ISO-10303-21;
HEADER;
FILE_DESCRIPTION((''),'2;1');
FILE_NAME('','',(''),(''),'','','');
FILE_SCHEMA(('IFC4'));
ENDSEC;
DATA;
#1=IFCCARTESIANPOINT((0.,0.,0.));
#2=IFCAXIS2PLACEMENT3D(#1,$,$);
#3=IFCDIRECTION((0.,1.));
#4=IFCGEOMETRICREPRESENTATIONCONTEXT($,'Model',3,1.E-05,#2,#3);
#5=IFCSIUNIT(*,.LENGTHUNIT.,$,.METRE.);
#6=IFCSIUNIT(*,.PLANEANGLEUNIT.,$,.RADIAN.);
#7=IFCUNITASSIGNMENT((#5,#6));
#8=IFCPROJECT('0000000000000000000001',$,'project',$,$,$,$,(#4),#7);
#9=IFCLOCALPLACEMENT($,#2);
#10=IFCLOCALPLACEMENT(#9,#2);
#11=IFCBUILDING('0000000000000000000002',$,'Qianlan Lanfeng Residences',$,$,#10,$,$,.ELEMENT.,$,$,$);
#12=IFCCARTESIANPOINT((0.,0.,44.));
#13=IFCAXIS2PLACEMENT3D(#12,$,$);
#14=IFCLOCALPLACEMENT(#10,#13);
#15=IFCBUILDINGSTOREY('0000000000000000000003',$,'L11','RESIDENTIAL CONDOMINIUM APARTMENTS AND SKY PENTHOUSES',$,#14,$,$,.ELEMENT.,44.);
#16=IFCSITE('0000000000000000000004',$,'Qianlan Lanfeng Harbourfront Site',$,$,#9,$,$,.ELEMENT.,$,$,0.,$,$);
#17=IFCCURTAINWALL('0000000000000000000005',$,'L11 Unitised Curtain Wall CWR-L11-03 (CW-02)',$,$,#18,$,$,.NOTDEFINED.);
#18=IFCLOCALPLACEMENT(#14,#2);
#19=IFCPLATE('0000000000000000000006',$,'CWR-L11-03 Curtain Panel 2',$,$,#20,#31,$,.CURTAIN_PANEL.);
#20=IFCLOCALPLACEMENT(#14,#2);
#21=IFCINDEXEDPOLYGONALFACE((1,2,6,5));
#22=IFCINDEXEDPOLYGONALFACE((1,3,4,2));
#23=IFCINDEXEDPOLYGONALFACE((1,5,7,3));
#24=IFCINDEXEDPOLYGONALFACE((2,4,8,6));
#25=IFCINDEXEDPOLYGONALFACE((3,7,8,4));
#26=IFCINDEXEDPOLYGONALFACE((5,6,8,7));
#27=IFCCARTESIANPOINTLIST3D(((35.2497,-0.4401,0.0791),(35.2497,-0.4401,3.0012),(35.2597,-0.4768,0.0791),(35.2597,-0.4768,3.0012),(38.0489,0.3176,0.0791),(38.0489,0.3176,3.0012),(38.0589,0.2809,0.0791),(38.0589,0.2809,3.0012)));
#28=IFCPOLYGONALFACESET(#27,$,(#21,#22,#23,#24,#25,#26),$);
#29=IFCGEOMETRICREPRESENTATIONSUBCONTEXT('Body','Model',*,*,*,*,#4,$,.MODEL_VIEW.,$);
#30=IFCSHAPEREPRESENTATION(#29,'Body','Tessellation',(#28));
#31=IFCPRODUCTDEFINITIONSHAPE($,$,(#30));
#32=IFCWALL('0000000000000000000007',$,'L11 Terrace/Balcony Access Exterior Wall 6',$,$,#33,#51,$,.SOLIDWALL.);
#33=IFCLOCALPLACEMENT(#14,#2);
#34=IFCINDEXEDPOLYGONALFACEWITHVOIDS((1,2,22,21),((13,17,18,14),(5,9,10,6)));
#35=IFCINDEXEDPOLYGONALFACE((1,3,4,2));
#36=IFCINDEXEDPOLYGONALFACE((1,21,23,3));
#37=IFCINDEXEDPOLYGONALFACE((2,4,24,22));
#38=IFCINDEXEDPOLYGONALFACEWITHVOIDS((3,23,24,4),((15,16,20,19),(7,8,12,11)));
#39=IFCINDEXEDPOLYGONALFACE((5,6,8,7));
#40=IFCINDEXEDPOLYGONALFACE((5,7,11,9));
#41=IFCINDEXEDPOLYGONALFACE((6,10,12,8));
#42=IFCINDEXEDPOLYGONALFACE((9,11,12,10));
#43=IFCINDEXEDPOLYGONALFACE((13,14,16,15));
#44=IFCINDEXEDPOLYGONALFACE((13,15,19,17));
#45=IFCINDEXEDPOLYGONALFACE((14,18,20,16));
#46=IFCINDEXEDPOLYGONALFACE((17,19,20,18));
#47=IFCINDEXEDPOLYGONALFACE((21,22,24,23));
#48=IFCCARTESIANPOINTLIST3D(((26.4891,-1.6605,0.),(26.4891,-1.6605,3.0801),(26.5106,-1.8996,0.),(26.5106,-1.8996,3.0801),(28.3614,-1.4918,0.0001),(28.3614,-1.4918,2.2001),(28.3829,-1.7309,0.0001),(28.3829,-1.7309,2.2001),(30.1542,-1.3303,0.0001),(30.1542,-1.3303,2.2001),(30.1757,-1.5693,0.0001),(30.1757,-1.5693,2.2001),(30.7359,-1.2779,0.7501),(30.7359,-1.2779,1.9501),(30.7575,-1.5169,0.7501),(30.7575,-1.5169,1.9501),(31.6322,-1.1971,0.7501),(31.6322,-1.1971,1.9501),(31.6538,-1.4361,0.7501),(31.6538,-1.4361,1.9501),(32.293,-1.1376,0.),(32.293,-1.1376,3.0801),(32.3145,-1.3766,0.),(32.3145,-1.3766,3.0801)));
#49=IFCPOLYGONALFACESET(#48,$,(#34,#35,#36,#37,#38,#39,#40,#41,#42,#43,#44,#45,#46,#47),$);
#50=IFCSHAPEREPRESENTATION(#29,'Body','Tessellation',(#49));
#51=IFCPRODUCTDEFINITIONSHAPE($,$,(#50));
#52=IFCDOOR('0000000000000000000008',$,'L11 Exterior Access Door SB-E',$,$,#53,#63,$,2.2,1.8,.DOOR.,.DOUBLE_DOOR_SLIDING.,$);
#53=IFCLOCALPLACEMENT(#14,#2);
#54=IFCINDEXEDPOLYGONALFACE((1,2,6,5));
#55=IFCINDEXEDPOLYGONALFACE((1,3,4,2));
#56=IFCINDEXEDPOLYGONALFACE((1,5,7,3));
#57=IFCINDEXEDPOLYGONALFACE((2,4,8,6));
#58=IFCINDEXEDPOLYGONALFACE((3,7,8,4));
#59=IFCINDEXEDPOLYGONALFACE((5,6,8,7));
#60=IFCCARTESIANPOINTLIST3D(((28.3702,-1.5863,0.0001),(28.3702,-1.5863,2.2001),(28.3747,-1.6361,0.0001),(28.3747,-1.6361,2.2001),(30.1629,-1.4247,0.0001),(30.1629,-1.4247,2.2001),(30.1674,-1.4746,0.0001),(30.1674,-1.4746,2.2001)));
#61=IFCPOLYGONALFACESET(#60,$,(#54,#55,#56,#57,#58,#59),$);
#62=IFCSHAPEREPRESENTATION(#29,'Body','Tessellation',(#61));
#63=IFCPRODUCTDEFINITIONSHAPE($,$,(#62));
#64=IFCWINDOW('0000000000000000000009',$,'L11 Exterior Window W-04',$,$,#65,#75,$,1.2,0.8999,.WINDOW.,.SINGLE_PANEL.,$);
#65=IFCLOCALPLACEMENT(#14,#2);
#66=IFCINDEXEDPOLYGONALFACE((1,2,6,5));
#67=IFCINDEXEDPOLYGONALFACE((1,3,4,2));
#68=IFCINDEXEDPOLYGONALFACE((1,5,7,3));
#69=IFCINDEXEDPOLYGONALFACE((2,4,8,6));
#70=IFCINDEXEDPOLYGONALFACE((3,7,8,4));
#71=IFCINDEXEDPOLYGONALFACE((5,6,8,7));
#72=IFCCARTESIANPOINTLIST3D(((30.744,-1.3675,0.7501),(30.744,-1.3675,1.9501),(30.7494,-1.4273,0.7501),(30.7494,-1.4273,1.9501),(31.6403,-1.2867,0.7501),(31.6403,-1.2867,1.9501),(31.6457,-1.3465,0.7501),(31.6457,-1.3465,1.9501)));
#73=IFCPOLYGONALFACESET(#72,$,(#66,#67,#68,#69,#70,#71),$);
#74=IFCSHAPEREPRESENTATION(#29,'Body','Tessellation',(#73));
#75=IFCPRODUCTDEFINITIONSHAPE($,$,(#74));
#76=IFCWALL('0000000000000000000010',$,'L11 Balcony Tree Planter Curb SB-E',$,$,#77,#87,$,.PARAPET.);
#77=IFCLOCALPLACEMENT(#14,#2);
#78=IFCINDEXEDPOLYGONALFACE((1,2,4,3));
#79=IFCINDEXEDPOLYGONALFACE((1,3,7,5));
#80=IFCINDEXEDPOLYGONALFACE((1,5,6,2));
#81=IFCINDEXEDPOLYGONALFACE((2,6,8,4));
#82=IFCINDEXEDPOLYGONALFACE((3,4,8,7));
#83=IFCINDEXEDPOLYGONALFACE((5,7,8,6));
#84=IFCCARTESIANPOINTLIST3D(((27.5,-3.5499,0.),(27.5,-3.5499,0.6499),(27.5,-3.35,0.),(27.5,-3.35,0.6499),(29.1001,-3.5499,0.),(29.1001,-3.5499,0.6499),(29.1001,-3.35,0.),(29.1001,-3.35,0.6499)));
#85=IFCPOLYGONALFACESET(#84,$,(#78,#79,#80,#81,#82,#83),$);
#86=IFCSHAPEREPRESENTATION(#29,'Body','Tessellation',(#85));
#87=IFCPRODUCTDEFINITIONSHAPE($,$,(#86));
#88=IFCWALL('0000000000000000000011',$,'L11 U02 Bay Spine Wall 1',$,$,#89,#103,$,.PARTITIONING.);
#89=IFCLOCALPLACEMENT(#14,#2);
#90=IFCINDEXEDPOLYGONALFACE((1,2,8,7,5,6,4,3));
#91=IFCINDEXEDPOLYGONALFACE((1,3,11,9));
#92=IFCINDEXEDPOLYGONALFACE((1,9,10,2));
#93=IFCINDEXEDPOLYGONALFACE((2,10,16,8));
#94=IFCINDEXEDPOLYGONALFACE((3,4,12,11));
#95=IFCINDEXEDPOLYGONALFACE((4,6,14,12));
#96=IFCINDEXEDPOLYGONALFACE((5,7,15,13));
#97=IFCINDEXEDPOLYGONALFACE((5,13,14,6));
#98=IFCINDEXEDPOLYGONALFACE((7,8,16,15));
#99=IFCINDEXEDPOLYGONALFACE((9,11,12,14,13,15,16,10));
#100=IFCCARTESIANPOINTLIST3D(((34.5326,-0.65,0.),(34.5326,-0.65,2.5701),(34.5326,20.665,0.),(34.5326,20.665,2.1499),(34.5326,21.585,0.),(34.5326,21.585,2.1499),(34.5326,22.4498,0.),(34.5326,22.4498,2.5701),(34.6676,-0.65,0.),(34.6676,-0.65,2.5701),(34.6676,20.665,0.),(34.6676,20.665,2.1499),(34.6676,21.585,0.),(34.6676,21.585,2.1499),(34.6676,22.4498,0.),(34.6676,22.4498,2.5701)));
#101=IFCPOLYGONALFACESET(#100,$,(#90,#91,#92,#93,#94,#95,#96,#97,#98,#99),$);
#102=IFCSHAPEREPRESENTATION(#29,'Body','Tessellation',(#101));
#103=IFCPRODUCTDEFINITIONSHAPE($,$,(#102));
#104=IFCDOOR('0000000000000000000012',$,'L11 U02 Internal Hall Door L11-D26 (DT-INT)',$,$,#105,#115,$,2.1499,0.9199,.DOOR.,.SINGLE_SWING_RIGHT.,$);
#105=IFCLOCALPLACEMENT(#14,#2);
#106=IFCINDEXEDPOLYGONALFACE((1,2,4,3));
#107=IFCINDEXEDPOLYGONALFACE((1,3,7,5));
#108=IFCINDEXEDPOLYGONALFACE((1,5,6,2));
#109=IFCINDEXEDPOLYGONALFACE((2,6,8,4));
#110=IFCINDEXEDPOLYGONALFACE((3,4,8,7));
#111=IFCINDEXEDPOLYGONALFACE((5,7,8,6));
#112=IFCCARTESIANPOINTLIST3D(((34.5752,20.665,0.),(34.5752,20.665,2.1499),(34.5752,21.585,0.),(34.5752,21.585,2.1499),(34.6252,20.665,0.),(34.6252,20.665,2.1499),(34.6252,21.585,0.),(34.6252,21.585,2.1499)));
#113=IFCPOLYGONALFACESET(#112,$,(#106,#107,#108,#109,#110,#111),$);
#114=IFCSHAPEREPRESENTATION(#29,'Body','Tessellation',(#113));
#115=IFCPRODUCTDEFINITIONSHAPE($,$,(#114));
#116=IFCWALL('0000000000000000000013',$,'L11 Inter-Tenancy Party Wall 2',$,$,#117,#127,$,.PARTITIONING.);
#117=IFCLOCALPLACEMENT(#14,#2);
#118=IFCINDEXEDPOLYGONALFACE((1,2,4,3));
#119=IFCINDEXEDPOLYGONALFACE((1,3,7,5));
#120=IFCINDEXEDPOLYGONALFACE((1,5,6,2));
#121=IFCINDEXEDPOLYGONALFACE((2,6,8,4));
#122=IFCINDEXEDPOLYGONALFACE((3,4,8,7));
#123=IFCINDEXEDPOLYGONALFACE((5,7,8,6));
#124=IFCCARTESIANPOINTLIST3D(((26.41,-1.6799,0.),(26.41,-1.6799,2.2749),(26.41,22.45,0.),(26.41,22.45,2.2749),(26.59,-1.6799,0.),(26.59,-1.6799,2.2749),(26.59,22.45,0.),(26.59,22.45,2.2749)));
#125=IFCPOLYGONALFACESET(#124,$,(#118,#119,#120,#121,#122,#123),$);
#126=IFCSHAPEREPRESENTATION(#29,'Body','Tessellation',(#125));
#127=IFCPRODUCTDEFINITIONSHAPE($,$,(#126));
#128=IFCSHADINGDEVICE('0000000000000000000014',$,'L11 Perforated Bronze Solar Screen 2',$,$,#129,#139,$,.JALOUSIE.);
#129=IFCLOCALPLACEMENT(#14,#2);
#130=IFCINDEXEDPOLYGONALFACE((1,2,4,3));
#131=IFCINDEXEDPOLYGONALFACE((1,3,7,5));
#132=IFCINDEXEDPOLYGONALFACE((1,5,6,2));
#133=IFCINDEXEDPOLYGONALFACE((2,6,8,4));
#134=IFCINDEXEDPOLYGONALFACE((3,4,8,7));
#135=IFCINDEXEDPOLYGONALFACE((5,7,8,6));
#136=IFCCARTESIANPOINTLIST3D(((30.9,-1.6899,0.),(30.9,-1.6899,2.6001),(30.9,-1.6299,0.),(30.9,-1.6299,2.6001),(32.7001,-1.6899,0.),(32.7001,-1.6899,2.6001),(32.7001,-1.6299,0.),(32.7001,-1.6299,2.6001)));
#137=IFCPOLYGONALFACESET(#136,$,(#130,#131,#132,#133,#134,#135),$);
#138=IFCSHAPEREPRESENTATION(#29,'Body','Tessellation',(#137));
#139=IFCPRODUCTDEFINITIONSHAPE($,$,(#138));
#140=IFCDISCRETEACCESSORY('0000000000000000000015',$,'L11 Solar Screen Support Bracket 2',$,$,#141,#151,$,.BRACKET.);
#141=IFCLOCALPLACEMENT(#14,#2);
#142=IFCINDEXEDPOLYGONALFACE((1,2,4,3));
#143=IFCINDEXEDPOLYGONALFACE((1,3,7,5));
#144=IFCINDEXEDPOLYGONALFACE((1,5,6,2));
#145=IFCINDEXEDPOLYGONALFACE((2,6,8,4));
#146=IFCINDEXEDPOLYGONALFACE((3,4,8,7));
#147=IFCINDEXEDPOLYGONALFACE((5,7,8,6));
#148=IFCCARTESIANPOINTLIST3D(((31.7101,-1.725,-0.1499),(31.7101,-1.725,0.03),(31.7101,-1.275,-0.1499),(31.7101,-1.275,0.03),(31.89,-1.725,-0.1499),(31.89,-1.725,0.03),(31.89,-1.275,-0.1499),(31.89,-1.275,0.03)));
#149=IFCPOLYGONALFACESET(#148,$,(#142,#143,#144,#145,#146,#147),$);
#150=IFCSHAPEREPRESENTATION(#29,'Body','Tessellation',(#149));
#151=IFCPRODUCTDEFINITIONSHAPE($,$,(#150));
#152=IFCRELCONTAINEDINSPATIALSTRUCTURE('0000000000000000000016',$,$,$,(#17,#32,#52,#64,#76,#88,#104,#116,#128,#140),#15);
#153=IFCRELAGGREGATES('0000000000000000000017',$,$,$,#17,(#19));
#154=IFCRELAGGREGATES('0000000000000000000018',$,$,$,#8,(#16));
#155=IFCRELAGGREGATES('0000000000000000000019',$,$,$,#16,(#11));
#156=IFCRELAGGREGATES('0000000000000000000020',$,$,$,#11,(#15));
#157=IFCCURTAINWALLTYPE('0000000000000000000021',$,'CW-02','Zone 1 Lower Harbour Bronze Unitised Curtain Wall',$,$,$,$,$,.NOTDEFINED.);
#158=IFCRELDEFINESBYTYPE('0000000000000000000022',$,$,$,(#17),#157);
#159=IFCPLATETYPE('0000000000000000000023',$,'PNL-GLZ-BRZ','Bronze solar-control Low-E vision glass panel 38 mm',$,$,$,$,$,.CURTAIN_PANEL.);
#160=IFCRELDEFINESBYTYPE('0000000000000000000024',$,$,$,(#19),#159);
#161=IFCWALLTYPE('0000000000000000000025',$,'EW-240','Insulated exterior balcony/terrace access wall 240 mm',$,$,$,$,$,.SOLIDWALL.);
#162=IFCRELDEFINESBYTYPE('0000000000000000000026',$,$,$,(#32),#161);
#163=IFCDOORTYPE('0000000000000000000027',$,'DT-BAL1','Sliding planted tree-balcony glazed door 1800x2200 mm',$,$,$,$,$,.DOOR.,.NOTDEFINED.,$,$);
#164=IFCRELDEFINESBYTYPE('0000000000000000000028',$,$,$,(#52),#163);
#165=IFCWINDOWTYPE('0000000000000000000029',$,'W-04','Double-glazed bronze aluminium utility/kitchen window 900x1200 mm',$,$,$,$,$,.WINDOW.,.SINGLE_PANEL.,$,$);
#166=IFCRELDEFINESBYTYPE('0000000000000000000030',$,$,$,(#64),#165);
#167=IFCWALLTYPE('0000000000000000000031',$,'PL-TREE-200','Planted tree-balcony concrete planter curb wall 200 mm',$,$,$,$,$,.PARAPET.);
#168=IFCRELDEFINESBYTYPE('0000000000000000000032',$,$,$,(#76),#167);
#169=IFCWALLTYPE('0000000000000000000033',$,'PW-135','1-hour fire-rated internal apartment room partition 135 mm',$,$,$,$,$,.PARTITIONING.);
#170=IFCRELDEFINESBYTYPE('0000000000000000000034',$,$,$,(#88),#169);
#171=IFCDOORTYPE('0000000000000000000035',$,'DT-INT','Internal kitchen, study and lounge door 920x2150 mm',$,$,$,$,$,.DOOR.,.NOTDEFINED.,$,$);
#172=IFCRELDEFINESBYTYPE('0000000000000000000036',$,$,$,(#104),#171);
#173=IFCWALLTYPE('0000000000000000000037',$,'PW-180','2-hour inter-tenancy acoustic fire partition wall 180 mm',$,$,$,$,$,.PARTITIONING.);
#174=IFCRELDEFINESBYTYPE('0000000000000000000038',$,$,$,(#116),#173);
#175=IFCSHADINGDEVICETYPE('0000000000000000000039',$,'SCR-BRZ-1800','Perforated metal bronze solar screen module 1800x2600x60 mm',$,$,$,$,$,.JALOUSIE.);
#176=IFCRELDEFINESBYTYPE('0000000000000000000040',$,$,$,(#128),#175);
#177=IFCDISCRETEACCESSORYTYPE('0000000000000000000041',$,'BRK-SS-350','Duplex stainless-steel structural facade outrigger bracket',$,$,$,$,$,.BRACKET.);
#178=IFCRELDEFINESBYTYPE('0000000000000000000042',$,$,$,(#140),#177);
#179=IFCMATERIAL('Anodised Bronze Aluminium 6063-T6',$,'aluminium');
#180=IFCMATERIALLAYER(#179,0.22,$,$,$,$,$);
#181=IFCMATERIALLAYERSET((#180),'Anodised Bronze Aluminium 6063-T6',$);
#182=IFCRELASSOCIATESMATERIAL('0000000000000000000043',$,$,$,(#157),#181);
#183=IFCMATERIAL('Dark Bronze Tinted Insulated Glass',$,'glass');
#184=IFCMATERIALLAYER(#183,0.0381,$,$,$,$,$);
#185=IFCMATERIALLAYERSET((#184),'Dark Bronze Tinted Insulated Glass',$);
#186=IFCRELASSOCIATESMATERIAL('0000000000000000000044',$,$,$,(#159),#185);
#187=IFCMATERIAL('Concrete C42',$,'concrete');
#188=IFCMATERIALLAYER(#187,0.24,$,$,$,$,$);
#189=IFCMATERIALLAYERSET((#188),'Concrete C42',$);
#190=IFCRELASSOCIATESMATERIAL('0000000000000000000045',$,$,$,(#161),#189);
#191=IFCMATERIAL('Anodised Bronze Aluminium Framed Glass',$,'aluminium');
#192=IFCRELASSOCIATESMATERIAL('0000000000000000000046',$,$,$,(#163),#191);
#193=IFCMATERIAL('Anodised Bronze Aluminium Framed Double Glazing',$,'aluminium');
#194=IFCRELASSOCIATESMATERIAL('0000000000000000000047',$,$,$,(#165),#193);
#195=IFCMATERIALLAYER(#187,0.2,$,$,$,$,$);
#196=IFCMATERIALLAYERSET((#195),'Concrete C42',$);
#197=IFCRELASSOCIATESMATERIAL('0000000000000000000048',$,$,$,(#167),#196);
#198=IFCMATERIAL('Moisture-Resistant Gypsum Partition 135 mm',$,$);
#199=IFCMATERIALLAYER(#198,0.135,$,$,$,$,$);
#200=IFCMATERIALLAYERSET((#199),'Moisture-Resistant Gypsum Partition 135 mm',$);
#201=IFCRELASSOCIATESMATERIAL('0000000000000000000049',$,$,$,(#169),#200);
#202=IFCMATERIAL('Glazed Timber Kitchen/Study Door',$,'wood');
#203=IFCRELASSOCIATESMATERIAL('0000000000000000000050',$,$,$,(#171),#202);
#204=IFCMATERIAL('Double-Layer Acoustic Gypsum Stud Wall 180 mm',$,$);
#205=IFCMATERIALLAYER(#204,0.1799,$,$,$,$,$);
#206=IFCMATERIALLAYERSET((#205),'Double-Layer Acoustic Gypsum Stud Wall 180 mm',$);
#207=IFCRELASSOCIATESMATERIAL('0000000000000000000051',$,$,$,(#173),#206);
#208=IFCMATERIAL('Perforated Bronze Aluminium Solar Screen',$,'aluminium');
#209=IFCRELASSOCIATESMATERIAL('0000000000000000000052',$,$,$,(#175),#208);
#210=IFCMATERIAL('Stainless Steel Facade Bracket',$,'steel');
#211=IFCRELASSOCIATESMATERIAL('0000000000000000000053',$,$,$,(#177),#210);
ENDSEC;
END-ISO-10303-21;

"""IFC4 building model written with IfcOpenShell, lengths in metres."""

from ifc_helpers import new_model, si_unit, direction, frame, frame_2d, origin, origin_2d, place, context, subcontext, project, spatial, rectangle, extrude, source, transform, mapped, material, layer, layer_set, type_object, element, fill, aggregate, save


model = new_model("IFC4")

# Units and contexts
model_context = context("Model", 3, precision=1e-05, world=origin(), true_north=direction((0.0, 1.0)))
body_context = subcontext(model_context, "Body", "Model", "MODEL_VIEW")
ifc_project = project(units=[si_unit("LENGTHUNIT", "METRE"), si_unit("PLANEANGLEUNIT", "RADIAN")], contexts=[model_context])

# Site, building, storey
site_placement = place(None, origin())
site = spatial("IfcSite", under=ifc_project, at=site_placement, Name="Qianlan Lanfeng Harbourfront Site", CompositionType="ELEMENT", RefElevation=0.0)
building_placement = place(site_placement, origin())
building = spatial("IfcBuilding", under=site, at=building_placement, Name="Qianlan Lanfeng Residences", CompositionType="ELEMENT")
storey_placement = place(building_placement, frame((0.0, 0.0, 44.0)))
storey = spatial("IfcBuildingStorey", under=building, at=storey_placement, Name="L11", Description="RESIDENTIAL CONDOMINIUM APARTMENTS AND SKY PENTHOUSES", CompositionType="ELEMENT", Elevation=44.0)

# Curtain wall, plate
ifc_material_1 = material(Name="Anodised Bronze Aluminium 6063-T6", Category="aluminium")
ifc_layer_1 = layer(ifc_material_1, 0.22)
ifc_layer_set_1 = layer_set([ifc_layer_1], Name="Anodised Bronze Aluminium 6063-T6")
curtain_wall_type = type_object("IfcCurtainWallType", Name="CW-02", Description="Zone 1 Lower Harbour Bronze Unitised Curtain Wall", PredefinedType="NOTDEFINED", material=ifc_layer_set_1)
curtain_wall_placement = place(storey_placement, origin())
curtain_wall = element("IfcCurtainWall", 1, at=curtain_wall_placement, inside=storey, type_object=curtain_wall_type, Name="L11 Unitised Curtain Wall CWR-L11-03 (CW-02)", PredefinedType="NOTDEFINED")
ifc_material_2 = material(Name="Dark Bronze Tinted Insulated Glass", Category="glass")
ifc_layer_2 = layer(ifc_material_2, 0.0381)
ifc_layer_set_2 = layer_set([ifc_layer_2], Name="Dark Bronze Tinted Insulated Glass")
plate_type = type_object("IfcPlateType", Name="PNL-GLZ-BRZ", Description="Bronze solar-control Low-E vision glass panel 38 mm", PredefinedType="CURTAIN_PANEL", material=ifc_layer_set_2)
shared_shape_1 = source(origin(), body_context, "Body", "SweptSolid", [
    extrude(rectangle(XDim=2.8999, YDim=0.0381, at=origin_2d()), origin(), (0.0, 0.0, 1.0), 2.9221),
])
plate_1_placement = place(storey_placement, frame((36.6543, -0.0796, 0.0791), z_axis=(0.0, 0.0, 1.0), x_axis=(0.965263, 0.261281, 0.0)))
plate_1 = element("IfcPlate", 2, at=plate_1_placement, type_object=plate_type, Name="CWR-L11-03 Curtain Panel 2", PredefinedType="CURTAIN_PANEL", context=body_context, shape_type="MappedRepresentation", body=[
    mapped(shared_shape_1, transform((0.0, 0.0, 0.0), scale=1.0)),
])
aggregate(curtain_wall, [plate_1])

# Wall, openings, door, window
ifc_material_3 = material(Name="Concrete C42", Category="concrete")
ifc_layer_3 = layer(ifc_material_3, 0.24)
ifc_layer_set_3 = layer_set([ifc_layer_3], Name="Concrete C42")
wall_type_1 = type_object("IfcWallType", Name="EW-240", Description="Insulated exterior balcony/terrace access wall 240 mm", PredefinedType="SOLIDWALL", material=ifc_layer_set_3)
wall_1_placement = place(storey_placement, frame((26.5, -1.78, 0.0), z_axis=(0.0, 0.0, 1.0), x_axis=(0.995965, 0.089739, 0.0)))
wall_1 = element("IfcWall", 3, at=wall_1_placement, inside=storey, type_object=wall_type_1, Name="L11 Terrace/Balcony Access Exterior Wall 6", PredefinedType="SOLIDWALL", context=body_context, shape_type="SweptSolid", body=[
    extrude(rectangle(XDim=5.8274, YDim=0.24, at=frame_2d((2.9136, 0.0))), origin(), (0.0, 0.0, 1.0), 3.0801),
])
opening_1_placement = place(wall_1_placement, frame((1.8799, 0.0, 0.0)))
opening_1 = element("IfcOpeningElement", 4, at=opening_1_placement, cuts=wall_1, PredefinedType="OPENING", context=body_context, shape_type="SweptSolid", body=[
    extrude(rectangle(XDim=1.8, YDim=2.2, at=frame_2d((0.8999, 1.1001))), frame((0.0, 0.1299, 0.0), z_axis=(0.0, -1.0, 0.0), x_axis=(1.0, 0.0, 0.0)), (0.0, 0.0, 1.0), 0.26),
])
opening_2_placement = place(wall_1_placement, frame((4.2639, 0.0, 0.75)))
opening_2 = element("IfcOpeningElement", 5, at=opening_2_placement, cuts=wall_1, PredefinedType="OPENING", context=body_context, shape_type="SweptSolid", body=[
    extrude(rectangle(XDim=0.8999, YDim=1.2, at=frame_2d((0.45, 0.6001))), frame((0.0, 0.1299, 0.0), z_axis=(0.0, -1.0, 0.0), x_axis=(1.0, 0.0, 0.0)), (0.0, 0.0, 1.0), 0.26),
])
ifc_material_4 = material(Name="Anodised Bronze Aluminium Framed Glass", Category="aluminium")
door_type_1 = type_object("IfcDoorType", Name="DT-BAL1", Description="Sliding planted tree-balcony glazed door 1800x2200 mm", OperationType="NOTDEFINED", PredefinedType="DOOR", material=ifc_material_4)
door_1_placement = place(opening_1_placement, frame((1.8, 0.0, 0.0), z_axis=(0.0, 0.0, 1.0), x_axis=(-1.0, 0.0, 0.0)))
door_1 = element("IfcDoor", 6, at=door_1_placement, inside=storey, type_object=door_type_1, Name="L11 Exterior Access Door SB-E", OperationType="DOUBLE_DOOR_SLIDING", OverallHeight=2.2, OverallWidth=1.8, PredefinedType="DOOR", context=body_context, shape_type="SweptSolid", body=[
    extrude(rectangle(XDim=1.8, YDim=2.2, at=frame_2d((0.8999, 1.1001))), frame((0.0, 0.0249, 0.0), z_axis=(0.0, -1.0, 0.0), x_axis=(1.0, 0.0, 0.0)), (0.0, 0.0, 1.0), 0.05),
])
fill(opening_1, door_1)
ifc_material_5 = material(Name="Anodised Bronze Aluminium Framed Double Glazing", Category="aluminium")
window_type = type_object("IfcWindowType", Name="W-04", Description="Double-glazed bronze aluminium utility/kitchen window 900x1200 mm", PartitioningType="SINGLE_PANEL", PredefinedType="WINDOW", material=ifc_material_5)
window_placement = place(opening_2_placement, origin())
window = element("IfcWindow", 7, at=window_placement, inside=storey, type_object=window_type, Name="L11 Exterior Window W-04", OverallHeight=1.2, OverallWidth=0.8999, PartitioningType="SINGLE_PANEL", PredefinedType="WINDOW", context=body_context, shape_type="SweptSolid", body=[
    extrude(rectangle(XDim=0.8999, YDim=1.2, at=frame_2d((0.45, 0.6001))), frame((0.0, 0.03, 0.0), z_axis=(0.0, -1.0, 0.0), x_axis=(1.0, 0.0, 0.0)), (0.0, 0.0, 1.0), 0.0601),
])
fill(opening_2, window)

# Wall
ifc_layer_4 = layer(ifc_material_3, 0.2)
ifc_layer_set_4 = layer_set([ifc_layer_4], Name="Concrete C42")
wall_type_2 = type_object("IfcWallType", Name="PL-TREE-200", Description="Planted tree-balcony concrete planter curb wall 200 mm", PredefinedType="PARAPET", material=ifc_layer_set_4)
wall_2_placement = place(storey_placement, frame((27.5, -3.45, 0.0), z_axis=(0.0, 0.0, 1.0), x_axis=(1.0, 0.0, 0.0)))
element("IfcWall", 8, at=wall_2_placement, inside=storey, type_object=wall_type_2, Name="L11 Balcony Tree Planter Curb SB-E", PredefinedType="PARAPET", context=body_context, shape_type="SweptSolid", body=[
    extrude(rectangle(XDim=1.6001, YDim=0.2, at=frame_2d((0.8, 0.0))), origin(), (0.0, 0.0, 1.0), 0.6499),
])

# Wall, opening, door
ifc_material_6 = material(Name="Moisture-Resistant Gypsum Partition 135 mm")
ifc_layer_5 = layer(ifc_material_6, 0.135)
ifc_layer_set_5 = layer_set([ifc_layer_5], Name="Moisture-Resistant Gypsum Partition 135 mm")
wall_type_3 = type_object("IfcWallType", Name="PW-135", Description="1-hour fire-rated internal apartment room partition 135 mm", PredefinedType="PARTITIONING", material=ifc_layer_set_5)
wall_3_placement = place(storey_placement, frame((34.6001, -0.6499, 0.0), z_axis=(0.0, 0.0, 1.0), x_axis=(0.0, 1.0, 0.0)))
wall_3 = element("IfcWall", 9, at=wall_3_placement, inside=storey, type_object=wall_type_3, Name="L11 U02 Bay Spine Wall 1", PredefinedType="PARTITIONING", context=body_context, shape_type="SweptSolid", body=[
    extrude(rectangle(XDim=23.0999, YDim=0.135, at=frame_2d((11.5498, 0.0))), origin(), (0.0, 0.0, 1.0), 2.5701),
])
opening_3_placement = place(wall_3_placement, frame((21.3149, 0.0, 0.0)))
opening_3 = element("IfcOpeningElement", 10, at=opening_3_placement, cuts=wall_3, PredefinedType="OPENING", context=body_context, shape_type="SweptSolid", body=[
    extrude(rectangle(XDim=0.9199, YDim=2.1499, at=frame_2d((0.46, 1.075))), frame((0.0, 0.0776, 0.0), z_axis=(0.0, -1.0, 0.0), x_axis=(1.0, 0.0, 0.0)), (0.0, 0.0, 1.0), 0.155),
])
ifc_material_7 = material(Name="Glazed Timber Kitchen/Study Door", Category="wood")
door_type_2 = type_object("IfcDoorType", Name="DT-INT", Description="Internal kitchen, study and lounge door 920x2150 mm", OperationType="NOTDEFINED", PredefinedType="DOOR", material=ifc_material_7)
door_2_placement = place(opening_3_placement, origin())
door_2 = element("IfcDoor", 11, at=door_2_placement, inside=storey, type_object=door_type_2, Name="L11 U02 Internal Hall Door L11-D26 (DT-INT)", OperationType="SINGLE_SWING_RIGHT", OverallHeight=2.1499, OverallWidth=0.9199, PredefinedType="DOOR", context=body_context, shape_type="SweptSolid", body=[
    extrude(rectangle(XDim=0.9199, YDim=2.1499, at=frame_2d((0.46, 1.075))), frame((0.0, 0.0249, 0.0), z_axis=(0.0, -1.0, 0.0), x_axis=(1.0, 0.0, 0.0)), (0.0, 0.0, 1.0), 0.05),
])
fill(opening_3, door_2)

# Wall
ifc_material_8 = material(Name="Double-Layer Acoustic Gypsum Stud Wall 180 mm")
ifc_layer_6 = layer(ifc_material_8, 0.1799)
ifc_layer_set_6 = layer_set([ifc_layer_6], Name="Double-Layer Acoustic Gypsum Stud Wall 180 mm")
wall_type_4 = type_object("IfcWallType", Name="PW-180", Description="2-hour inter-tenancy acoustic fire partition wall 180 mm", PredefinedType="PARTITIONING", material=ifc_layer_set_6)
wall_4_placement = place(storey_placement, frame((26.5, -1.6799, 0.0), z_axis=(0.0, 0.0, 1.0), x_axis=(0.0, 1.0, 0.0)))
element("IfcWall", 12, at=wall_4_placement, inside=storey, type_object=wall_type_4, Name="L11 Inter-Tenancy Party Wall 2", PredefinedType="PARTITIONING", context=body_context, shape_type="SweptSolid", body=[
    extrude(rectangle(XDim=24.1299, YDim=0.1799, at=frame_2d((12.0649, 0.0))), origin(), (0.0, 0.0, 1.0), 2.2749),
])

# Shading device
ifc_material_9 = material(Name="Perforated Bronze Aluminium Solar Screen", Category="aluminium")
shading_device_type = type_object("IfcShadingDeviceType", Name="SCR-BRZ-1800", Description="Perforated metal bronze solar screen module 1800x2600x60 mm", PredefinedType="JALOUSIE", material=ifc_material_9)
shared_shape_2 = source(origin(), body_context, "Body", "SweptSolid", [
    extrude(rectangle(XDim=1.8, YDim=0.0601, at=origin_2d()), origin(), (0.0, 0.0, 1.0), 2.6001),
])
shading_device_placement = place(storey_placement, frame((31.8, -1.6599, 0.0), z_axis=(0.0, 0.0, 1.0), x_axis=(1.0, 0.0, 0.0)))
element("IfcShadingDevice", 13, at=shading_device_placement, inside=storey, type_object=shading_device_type, Name="L11 Perforated Bronze Solar Screen 2", PredefinedType="JALOUSIE", context=body_context, shape_type="MappedRepresentation", body=[
    mapped(shared_shape_2, transform((0.0, 0.0, 0.0), scale=1.0)),
])

# Discrete accessory
ifc_material_10 = material(Name="Stainless Steel Facade Bracket", Category="steel")
discrete_accessory_type = type_object("IfcDiscreteAccessoryType", Name="BRK-SS-350", Description="Duplex stainless-steel structural facade outrigger bracket", PredefinedType="BRACKET", material=ifc_material_10)
shared_shape_3 = source(origin(), body_context, "Body", "SweptSolid", [
    extrude(rectangle(XDim=0.1799, YDim=0.45, at=origin_2d()), origin(), (0.0, 0.0, 1.0), 0.1799),
])
discrete_accessory_placement = place(storey_placement, frame((31.8, -1.5, -0.1499), z_axis=(0.0, 0.0, 1.0), x_axis=(1.0, 0.0, 0.0)))
element("IfcDiscreteAccessory", 14, at=discrete_accessory_placement, inside=storey, type_object=discrete_accessory_type, Name="L11 Solar Screen Support Bracket 2", PredefinedType="BRACKET", context=body_context, shape_type="MappedRepresentation", body=[
    mapped(shared_shape_3, transform((0.0, 0.0, 0.0), scale=1.0)),
])

save(model, "model.ifc")
